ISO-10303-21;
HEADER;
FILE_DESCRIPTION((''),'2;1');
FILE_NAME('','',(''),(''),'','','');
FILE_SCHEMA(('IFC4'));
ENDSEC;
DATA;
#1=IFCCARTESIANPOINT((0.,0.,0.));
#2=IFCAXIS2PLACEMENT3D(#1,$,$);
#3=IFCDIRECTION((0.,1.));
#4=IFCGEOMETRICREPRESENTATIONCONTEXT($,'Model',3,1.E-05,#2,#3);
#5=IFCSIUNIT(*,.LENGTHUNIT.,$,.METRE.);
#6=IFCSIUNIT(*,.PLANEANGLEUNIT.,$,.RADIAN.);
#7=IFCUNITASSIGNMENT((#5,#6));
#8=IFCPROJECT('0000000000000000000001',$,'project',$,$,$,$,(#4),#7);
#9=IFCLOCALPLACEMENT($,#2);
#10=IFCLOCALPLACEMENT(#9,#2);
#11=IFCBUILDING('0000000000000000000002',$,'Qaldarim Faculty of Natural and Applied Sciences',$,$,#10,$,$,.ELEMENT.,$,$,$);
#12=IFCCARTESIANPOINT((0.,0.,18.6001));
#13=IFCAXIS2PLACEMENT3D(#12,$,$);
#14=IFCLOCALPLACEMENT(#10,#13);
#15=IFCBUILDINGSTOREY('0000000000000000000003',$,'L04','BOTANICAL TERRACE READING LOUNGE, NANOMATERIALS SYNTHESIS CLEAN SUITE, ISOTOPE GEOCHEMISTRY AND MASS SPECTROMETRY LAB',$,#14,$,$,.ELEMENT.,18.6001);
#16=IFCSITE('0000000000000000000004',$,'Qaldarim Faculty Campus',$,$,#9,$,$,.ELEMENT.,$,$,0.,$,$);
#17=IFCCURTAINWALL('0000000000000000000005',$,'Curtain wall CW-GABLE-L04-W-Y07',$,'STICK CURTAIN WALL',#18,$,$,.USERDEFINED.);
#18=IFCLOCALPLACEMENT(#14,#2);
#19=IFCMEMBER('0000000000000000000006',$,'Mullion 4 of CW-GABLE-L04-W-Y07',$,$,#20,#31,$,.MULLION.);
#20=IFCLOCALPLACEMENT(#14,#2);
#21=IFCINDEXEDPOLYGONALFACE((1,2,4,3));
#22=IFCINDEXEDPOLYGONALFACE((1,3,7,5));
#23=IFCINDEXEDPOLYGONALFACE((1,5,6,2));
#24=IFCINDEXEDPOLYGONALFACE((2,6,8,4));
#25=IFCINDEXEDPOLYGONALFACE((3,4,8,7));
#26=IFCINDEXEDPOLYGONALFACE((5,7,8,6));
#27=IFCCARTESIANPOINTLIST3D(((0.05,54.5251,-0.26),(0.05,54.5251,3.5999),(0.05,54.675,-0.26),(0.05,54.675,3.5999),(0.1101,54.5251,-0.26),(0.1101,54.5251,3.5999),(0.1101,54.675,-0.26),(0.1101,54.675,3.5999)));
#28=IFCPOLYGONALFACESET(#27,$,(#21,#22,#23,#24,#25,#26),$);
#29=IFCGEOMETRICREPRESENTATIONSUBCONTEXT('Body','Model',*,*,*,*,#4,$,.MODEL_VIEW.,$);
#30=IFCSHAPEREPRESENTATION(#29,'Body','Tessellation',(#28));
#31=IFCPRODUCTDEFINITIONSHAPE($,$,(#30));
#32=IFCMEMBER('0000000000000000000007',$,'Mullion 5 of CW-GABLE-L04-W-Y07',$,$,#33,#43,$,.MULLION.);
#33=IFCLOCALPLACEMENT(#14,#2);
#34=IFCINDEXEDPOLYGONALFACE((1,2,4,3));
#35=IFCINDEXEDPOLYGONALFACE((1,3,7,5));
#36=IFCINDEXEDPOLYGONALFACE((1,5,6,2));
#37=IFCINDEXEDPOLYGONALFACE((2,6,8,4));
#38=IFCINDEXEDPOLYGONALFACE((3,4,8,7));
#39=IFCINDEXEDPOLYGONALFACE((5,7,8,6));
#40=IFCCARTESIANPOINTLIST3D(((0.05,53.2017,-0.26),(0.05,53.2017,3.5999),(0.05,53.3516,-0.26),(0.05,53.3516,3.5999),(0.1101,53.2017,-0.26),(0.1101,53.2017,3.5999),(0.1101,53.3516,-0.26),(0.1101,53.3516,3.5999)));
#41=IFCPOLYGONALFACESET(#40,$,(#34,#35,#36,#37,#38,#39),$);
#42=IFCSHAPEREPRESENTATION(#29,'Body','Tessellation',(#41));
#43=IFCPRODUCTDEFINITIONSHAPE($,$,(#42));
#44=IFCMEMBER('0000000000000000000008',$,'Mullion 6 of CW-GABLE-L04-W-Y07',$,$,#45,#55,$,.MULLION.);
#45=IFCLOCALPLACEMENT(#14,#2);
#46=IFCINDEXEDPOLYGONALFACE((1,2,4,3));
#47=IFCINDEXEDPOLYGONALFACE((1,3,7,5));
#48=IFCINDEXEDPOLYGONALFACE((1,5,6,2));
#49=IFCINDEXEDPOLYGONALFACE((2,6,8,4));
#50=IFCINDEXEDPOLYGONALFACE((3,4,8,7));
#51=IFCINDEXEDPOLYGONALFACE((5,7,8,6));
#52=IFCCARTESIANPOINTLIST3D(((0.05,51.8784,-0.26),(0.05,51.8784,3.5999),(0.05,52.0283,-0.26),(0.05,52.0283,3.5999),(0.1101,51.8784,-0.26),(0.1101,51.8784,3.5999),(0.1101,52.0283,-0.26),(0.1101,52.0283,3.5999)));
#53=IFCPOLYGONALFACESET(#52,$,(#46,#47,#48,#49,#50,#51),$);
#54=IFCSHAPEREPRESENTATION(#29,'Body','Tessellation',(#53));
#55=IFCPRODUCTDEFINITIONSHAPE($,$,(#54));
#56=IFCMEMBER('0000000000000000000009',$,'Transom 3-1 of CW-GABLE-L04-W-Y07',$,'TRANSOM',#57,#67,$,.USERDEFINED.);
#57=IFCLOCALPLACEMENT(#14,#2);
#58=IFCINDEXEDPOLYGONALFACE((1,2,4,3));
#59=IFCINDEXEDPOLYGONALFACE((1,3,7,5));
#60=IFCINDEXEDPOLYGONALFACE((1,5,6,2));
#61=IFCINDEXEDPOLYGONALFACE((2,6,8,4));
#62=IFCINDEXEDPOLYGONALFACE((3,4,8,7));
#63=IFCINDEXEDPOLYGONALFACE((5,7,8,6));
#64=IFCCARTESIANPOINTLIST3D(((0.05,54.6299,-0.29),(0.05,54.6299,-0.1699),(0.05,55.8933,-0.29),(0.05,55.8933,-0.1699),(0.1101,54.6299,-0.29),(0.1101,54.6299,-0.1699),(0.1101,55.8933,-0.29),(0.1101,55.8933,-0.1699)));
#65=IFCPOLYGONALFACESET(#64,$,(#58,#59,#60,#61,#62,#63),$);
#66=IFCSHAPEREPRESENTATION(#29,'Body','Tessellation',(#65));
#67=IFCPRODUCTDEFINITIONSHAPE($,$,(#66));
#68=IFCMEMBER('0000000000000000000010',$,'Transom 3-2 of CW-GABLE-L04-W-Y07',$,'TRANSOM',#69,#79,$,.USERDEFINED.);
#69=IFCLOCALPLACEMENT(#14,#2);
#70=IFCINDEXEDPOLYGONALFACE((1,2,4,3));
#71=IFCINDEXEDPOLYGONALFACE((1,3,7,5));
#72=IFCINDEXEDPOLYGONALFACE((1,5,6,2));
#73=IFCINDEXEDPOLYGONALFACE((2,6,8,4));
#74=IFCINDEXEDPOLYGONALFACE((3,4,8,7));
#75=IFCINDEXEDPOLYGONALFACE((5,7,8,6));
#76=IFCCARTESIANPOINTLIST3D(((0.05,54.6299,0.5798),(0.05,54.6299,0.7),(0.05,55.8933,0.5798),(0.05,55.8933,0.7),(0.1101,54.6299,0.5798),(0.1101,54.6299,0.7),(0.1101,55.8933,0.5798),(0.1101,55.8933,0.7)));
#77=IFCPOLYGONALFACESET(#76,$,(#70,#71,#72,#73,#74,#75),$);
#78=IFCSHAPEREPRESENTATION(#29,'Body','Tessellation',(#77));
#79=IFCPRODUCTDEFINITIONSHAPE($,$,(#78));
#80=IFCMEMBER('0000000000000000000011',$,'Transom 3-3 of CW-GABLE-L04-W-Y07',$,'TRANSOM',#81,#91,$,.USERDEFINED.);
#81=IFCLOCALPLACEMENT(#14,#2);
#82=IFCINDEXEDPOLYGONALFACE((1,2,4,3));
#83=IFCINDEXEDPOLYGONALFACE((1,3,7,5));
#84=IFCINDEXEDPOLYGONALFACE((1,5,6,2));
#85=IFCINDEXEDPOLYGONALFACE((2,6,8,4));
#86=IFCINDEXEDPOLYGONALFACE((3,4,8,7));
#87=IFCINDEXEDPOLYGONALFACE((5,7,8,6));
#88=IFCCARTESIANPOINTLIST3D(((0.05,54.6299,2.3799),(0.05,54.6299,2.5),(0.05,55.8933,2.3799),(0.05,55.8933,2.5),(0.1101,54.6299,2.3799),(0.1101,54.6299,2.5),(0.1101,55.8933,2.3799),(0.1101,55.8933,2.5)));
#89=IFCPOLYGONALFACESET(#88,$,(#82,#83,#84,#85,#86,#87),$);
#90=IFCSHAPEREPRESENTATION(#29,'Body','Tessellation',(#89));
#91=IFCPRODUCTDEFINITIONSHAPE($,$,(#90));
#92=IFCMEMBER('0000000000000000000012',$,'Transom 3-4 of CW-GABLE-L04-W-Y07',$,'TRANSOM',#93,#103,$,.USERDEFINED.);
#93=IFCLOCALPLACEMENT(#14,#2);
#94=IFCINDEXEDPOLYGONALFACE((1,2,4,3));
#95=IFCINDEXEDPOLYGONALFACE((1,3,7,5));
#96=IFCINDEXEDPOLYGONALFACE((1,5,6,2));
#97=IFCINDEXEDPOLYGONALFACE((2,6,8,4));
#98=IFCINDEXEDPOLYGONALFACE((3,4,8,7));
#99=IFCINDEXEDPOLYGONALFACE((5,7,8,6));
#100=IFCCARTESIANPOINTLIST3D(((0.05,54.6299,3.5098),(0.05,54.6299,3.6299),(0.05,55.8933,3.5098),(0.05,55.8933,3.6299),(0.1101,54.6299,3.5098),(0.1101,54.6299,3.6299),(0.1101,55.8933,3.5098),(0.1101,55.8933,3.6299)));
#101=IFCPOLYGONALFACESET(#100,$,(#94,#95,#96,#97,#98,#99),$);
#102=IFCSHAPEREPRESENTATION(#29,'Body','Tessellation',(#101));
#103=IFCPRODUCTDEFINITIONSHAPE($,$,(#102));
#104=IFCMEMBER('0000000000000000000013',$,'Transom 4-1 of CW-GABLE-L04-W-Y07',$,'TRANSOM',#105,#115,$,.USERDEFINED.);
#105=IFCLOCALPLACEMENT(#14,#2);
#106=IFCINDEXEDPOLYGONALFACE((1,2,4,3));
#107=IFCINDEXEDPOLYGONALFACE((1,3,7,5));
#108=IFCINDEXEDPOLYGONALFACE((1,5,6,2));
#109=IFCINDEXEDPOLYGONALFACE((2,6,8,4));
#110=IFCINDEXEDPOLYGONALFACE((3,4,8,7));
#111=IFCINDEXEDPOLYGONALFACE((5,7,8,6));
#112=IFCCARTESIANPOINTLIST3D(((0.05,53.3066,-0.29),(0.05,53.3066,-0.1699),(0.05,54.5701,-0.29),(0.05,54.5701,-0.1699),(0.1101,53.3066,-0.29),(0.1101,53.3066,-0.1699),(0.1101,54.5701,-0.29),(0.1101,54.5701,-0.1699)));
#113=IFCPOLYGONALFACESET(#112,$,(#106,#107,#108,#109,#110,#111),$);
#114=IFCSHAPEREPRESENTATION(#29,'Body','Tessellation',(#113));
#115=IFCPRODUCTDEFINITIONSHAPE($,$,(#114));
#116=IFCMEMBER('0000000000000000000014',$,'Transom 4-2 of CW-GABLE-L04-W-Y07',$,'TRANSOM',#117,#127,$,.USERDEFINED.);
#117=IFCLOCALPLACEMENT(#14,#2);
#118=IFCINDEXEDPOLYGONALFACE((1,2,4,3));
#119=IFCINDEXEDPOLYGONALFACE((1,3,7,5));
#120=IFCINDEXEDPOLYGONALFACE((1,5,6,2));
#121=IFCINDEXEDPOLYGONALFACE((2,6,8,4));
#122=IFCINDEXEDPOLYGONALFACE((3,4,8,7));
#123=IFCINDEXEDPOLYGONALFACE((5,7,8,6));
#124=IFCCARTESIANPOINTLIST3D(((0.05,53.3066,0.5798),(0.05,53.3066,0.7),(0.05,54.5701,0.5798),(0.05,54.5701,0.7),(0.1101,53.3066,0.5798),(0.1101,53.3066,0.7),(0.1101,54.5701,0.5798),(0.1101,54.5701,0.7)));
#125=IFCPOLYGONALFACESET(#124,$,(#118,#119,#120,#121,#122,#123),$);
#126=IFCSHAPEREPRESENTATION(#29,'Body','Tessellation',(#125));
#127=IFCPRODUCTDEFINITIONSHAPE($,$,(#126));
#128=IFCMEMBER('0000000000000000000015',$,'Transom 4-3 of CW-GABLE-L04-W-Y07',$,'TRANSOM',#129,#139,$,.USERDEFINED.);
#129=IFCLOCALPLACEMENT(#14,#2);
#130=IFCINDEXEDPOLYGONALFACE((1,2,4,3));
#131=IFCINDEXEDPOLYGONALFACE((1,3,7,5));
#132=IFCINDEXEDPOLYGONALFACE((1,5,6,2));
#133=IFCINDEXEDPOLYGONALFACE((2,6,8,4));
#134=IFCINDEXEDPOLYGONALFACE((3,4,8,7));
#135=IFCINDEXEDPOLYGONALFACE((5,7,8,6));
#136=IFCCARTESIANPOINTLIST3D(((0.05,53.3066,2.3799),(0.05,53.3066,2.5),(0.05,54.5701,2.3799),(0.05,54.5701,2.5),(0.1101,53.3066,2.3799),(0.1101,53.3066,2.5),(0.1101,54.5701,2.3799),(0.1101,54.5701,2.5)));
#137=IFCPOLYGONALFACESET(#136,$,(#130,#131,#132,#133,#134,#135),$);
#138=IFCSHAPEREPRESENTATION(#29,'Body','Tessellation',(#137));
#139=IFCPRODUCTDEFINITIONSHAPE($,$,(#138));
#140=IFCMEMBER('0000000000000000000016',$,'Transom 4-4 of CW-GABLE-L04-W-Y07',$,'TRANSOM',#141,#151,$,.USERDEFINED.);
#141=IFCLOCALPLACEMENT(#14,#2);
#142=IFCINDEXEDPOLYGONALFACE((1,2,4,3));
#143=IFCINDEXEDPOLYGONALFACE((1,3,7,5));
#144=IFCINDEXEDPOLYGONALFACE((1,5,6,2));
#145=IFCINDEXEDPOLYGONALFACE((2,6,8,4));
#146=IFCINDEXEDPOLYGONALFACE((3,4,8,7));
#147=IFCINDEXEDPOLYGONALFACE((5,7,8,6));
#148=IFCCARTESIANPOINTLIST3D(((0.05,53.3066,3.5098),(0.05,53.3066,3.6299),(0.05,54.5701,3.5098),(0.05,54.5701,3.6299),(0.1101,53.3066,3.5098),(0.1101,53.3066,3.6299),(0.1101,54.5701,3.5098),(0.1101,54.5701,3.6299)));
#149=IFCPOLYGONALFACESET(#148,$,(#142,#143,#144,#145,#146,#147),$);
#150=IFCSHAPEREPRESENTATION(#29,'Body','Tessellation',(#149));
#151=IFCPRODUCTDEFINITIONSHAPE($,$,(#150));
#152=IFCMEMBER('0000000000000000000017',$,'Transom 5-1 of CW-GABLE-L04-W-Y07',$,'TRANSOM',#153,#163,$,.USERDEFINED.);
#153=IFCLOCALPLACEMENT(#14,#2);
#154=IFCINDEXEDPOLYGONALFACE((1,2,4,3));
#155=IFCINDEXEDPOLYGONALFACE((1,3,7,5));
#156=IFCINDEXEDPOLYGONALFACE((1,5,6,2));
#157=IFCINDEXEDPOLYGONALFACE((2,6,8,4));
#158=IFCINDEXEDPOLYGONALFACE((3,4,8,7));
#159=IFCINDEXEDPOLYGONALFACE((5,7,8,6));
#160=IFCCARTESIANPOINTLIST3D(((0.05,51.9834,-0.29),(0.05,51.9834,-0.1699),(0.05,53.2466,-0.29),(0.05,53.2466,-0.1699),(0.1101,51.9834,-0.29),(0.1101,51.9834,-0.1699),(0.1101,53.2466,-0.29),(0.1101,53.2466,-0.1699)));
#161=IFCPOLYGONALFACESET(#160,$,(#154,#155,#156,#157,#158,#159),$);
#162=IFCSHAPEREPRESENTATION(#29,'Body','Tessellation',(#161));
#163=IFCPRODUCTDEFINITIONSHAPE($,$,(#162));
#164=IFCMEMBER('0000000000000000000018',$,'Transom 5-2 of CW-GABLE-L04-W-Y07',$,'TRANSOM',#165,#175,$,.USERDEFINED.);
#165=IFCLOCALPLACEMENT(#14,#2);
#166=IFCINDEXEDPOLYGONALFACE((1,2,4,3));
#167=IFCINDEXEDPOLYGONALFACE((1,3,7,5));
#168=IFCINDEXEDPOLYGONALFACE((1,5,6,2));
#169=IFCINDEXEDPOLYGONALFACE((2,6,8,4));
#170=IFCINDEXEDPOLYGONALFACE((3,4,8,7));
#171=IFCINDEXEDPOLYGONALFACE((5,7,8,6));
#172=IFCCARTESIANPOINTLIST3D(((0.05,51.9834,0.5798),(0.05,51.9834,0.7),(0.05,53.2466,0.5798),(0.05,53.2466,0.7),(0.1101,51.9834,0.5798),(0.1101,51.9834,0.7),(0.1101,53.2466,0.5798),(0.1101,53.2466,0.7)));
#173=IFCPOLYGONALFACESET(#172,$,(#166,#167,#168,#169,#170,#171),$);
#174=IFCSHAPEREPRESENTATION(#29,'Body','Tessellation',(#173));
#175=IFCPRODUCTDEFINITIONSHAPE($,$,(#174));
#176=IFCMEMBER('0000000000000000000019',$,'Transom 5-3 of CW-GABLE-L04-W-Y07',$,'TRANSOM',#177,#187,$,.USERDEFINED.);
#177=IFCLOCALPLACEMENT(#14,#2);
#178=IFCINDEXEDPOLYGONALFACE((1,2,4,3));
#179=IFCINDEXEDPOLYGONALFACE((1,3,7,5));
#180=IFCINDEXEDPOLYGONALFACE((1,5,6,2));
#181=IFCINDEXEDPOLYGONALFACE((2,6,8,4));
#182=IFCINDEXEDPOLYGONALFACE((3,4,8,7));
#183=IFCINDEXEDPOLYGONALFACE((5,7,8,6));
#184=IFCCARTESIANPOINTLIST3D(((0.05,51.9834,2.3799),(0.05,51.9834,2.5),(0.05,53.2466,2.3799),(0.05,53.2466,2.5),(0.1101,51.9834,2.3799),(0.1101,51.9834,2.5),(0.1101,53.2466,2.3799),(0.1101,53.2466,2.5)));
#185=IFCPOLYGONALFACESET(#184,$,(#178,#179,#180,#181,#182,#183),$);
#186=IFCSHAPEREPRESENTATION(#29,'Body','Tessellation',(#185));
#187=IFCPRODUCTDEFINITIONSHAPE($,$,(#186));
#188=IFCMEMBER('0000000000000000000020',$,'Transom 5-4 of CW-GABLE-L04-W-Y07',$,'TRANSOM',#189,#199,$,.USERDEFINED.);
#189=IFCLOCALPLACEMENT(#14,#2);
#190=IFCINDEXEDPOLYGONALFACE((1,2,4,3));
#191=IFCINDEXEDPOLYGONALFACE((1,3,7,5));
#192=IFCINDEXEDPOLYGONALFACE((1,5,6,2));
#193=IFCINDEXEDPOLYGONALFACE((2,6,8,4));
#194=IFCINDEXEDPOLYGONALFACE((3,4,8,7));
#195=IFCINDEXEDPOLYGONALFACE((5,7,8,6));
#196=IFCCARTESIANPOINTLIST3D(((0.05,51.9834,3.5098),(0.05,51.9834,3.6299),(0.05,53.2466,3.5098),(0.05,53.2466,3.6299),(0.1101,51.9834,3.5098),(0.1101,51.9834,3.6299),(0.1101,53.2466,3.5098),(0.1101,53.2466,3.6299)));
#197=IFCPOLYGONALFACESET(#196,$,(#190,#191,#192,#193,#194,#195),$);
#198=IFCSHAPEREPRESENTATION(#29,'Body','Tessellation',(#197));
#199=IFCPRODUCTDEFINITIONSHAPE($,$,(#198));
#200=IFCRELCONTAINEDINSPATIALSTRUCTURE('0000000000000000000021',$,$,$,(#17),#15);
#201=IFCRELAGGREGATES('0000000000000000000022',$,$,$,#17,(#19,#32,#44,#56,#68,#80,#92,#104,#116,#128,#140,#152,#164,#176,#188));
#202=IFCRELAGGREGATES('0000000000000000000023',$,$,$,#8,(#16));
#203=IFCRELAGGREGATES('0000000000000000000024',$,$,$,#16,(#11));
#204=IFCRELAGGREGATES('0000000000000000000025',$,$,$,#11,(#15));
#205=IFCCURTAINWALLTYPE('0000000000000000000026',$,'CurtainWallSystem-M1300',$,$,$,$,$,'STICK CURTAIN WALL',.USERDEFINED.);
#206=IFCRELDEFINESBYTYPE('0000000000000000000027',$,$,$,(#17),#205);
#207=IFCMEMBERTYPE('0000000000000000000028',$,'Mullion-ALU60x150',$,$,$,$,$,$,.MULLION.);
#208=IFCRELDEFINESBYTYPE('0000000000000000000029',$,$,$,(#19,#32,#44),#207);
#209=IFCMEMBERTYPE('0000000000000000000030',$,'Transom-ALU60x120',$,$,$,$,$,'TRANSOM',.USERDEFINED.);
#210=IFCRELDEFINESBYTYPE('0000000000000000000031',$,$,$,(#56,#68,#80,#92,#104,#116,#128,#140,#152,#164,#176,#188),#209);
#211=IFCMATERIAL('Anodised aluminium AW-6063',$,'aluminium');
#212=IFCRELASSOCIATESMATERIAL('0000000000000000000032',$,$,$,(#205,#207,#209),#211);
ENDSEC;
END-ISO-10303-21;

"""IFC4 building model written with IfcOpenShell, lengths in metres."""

from ifc_helpers import new_model, si_unit, direction, frame, origin, origin_2d, place, context, subcontext, project, spatial, rectangle, extrude, material, material_profile, profile_set, type_object, element, aggregate, save


model = new_model("IFC4")

# Units and contexts
model_context = context("Model", 3, precision=1e-05, world=origin(), true_north=direction((0.0, 1.0)))
body_context = subcontext(model_context, "Body", "Model", "MODEL_VIEW")
ifc_project = project(units=[si_unit("LENGTHUNIT", "METRE"), si_unit("PLANEANGLEUNIT", "RADIAN")], contexts=[model_context])

# Site, building, storey
site_placement = place(None, origin())
site = spatial("IfcSite", under=ifc_project, at=site_placement, Name="Qaldarim Faculty Campus", CompositionType="ELEMENT", RefElevation=0.0)
building_placement = place(site_placement, origin())
building = spatial("IfcBuilding", under=site, at=building_placement, Name="Qaldarim Faculty of Natural and Applied Sciences", CompositionType="ELEMENT")
storey_placement = place(building_placement, frame((0.0, 0.0, 18.6001)))
storey = spatial("IfcBuildingStorey", under=building, at=storey_placement, Name="L04", Description="BOTANICAL TERRACE READING LOUNGE, NANOMATERIALS SYNTHESIS CLEAN SUITE, ISOTOPE GEOCHEMISTRY AND MASS SPECTROMETRY LAB", CompositionType="ELEMENT", Elevation=18.6001)

# Curtain wall, members
ifc_material_1 = material(Name="Anodised aluminium AW-6063", Category="aluminium")
curtain_wall_type = type_object("IfcCurtainWallType", Name="CurtainWallSystem-M1300", ElementType="STICK CURTAIN WALL", PredefinedType="USERDEFINED", material=ifc_material_1)
curtain_wall_placement = place(storey_placement, origin())
curtain_wall = element("IfcCurtainWall", 1, at=curtain_wall_placement, inside=storey, type_object=curtain_wall_type, Name="Curtain wall CW-GABLE-L04-W-Y07", ObjectType="STICK CURTAIN WALL", PredefinedType="USERDEFINED")
ifc_material_profile_1 = material_profile(ifc_material_1, rectangle(XDim=0.0601, YDim=0.1499, at=origin_2d()), Name="ALU-M60x150")
ifc_profile_set_1 = profile_set([ifc_material_profile_1], Name="Anodised aluminium AW-6063")
member_type_1 = type_object("IfcMemberType", Name="Mullion-ALU60x150", PredefinedType="MULLION", material=ifc_profile_set_1)
member_1_placement = place(storey_placement, frame((0.0801, 54.6001, -0.26), z_axis=(0.0, 0.0, 1.0), x_axis=(1.0, 0.0, 0.0)))
member_1 = element("IfcMember", 2, at=member_1_placement, type_object=member_type_1, Name="Mullion 4 of CW-GABLE-L04-W-Y07", PredefinedType="MULLION", context=body_context, shape_type="SweptSolid", body=[
    extrude(rectangle(XDim=0.0601, YDim=0.1499, at=origin_2d()), origin(), (0.0, 0.0, 1.0), 3.8599),
])
member_2_placement = place(storey_placement, frame((0.0801, 53.2766, -0.26), z_axis=(0.0, 0.0, 1.0), x_axis=(1.0, 0.0, 0.0)))
member_2 = element("IfcMember", 3, at=member_2_placement, type_object=member_type_1, Name="Mullion 5 of CW-GABLE-L04-W-Y07", PredefinedType="MULLION", context=body_context, shape_type="SweptSolid", body=[
    extrude(rectangle(XDim=0.0601, YDim=0.1499, at=origin_2d()), origin(), (0.0, 0.0, 1.0), 3.8599),
])
member_3_placement = place(storey_placement, frame((0.0801, 51.9534, -0.26), z_axis=(0.0, 0.0, 1.0), x_axis=(1.0, 0.0, 0.0)))
member_3 = element("IfcMember", 4, at=member_3_placement, type_object=member_type_1, Name="Mullion 6 of CW-GABLE-L04-W-Y07", PredefinedType="MULLION", context=body_context, shape_type="SweptSolid", body=[
    extrude(rectangle(XDim=0.0601, YDim=0.1499, at=origin_2d()), origin(), (0.0, 0.0, 1.0), 3.8599),
])
ifc_material_profile_2 = material_profile(ifc_material_1, rectangle(XDim=0.0601, YDim=0.1201, at=origin_2d()), Name="ALU-T60x120")
ifc_profile_set_2 = profile_set([ifc_material_profile_2], Name="Anodised aluminium AW-6063")
member_type_2 = type_object("IfcMemberType", Name="Transom-ALU60x120", ElementType="TRANSOM", PredefinedType="USERDEFINED", material=ifc_profile_set_2)
member_4_placement = place(storey_placement, frame((0.0801, 55.8933, -0.23), z_axis=(0.0, -1.0, 0.0), x_axis=(1.0, 0.0, 0.0)))
member_4 = element("IfcMember", 5, at=member_4_placement, type_object=member_type_2, Name="Transom 3-1 of CW-GABLE-L04-W-Y07", ObjectType="TRANSOM", PredefinedType="USERDEFINED", context=body_context, shape_type="SweptSolid", body=[
    extrude(rectangle(XDim=0.0601, YDim=0.1201, at=origin_2d()), origin(), (0.0, 0.0, 1.0), 1.2634),
])
member_5_placement = place(storey_placement, frame((0.0801, 55.8933, 0.6399), z_axis=(0.0, -1.0, 0.0), x_axis=(1.0, 0.0, 0.0)))
member_5 = element("IfcMember", 6, at=member_5_placement, type_object=member_type_2, Name="Transom 3-2 of CW-GABLE-L04-W-Y07", ObjectType="TRANSOM", PredefinedType="USERDEFINED", context=body_context, shape_type="SweptSolid", body=[
    extrude(rectangle(XDim=0.0601, YDim=0.1201, at=origin_2d()), origin(), (0.0, 0.0, 1.0), 1.2634),
])
member_6_placement = place(storey_placement, frame((0.0801, 55.8933, 2.4399), z_axis=(0.0, -1.0, 0.0), x_axis=(1.0, 0.0, 0.0)))
member_6 = element("IfcMember", 7, at=member_6_placement, type_object=member_type_2, Name="Transom 3-3 of CW-GABLE-L04-W-Y07", ObjectType="TRANSOM", PredefinedType="USERDEFINED", context=body_context, shape_type="SweptSolid", body=[
    extrude(rectangle(XDim=0.0601, YDim=0.1201, at=origin_2d()), origin(), (0.0, 0.0, 1.0), 1.2634),
])
member_7_placement = place(storey_placement, frame((0.0801, 55.8933, 3.5698), z_axis=(0.0, -1.0, 0.0), x_axis=(1.0, 0.0, 0.0)))
member_7 = element("IfcMember", 8, at=member_7_placement, type_object=member_type_2, Name="Transom 3-4 of CW-GABLE-L04-W-Y07", ObjectType="TRANSOM", PredefinedType="USERDEFINED", context=body_context, shape_type="SweptSolid", body=[
    extrude(rectangle(XDim=0.0601, YDim=0.1201, at=origin_2d()), origin(), (0.0, 0.0, 1.0), 1.2634),
])
member_8_placement = place(storey_placement, frame((0.0801, 54.5701, -0.23), z_axis=(0.0, -1.0, 0.0), x_axis=(1.0, 0.0, 0.0)))
member_8 = element("IfcMember", 9, at=member_8_placement, type_object=member_type_2, Name="Transom 4-1 of CW-GABLE-L04-W-Y07", ObjectType="TRANSOM", PredefinedType="USERDEFINED", context=body_context, shape_type="SweptSolid", body=[
    extrude(rectangle(XDim=0.0601, YDim=0.1201, at=origin_2d()), origin(), (0.0, 0.0, 1.0), 1.2634),
])
member_9_placement = place(storey_placement, frame((0.0801, 54.5701, 0.6399), z_axis=(0.0, -1.0, 0.0), x_axis=(1.0, 0.0, 0.0)))
member_9 = element("IfcMember", 10, at=member_9_placement, type_object=member_type_2, Name="Transom 4-2 of CW-GABLE-L04-W-Y07", ObjectType="TRANSOM", PredefinedType="USERDEFINED", context=body_context, shape_type="SweptSolid", body=[
    extrude(rectangle(XDim=0.0601, YDim=0.1201, at=origin_2d()), origin(), (0.0, 0.0, 1.0), 1.2634),
])
member_10_placement = place(storey_placement, frame((0.0801, 54.5701, 2.4399), z_axis=(0.0, -1.0, 0.0), x_axis=(1.0, 0.0, 0.0)))
member_10 = element("IfcMember", 11, at=member_10_placement, type_object=member_type_2, Name="Transom 4-3 of CW-GABLE-L04-W-Y07", ObjectType="TRANSOM", PredefinedType="USERDEFINED", context=body_context, shape_type="SweptSolid", body=[
    extrude(rectangle(XDim=0.0601, YDim=0.1201, at=origin_2d()), origin(), (0.0, 0.0, 1.0), 1.2634),
])
member_11_placement = place(storey_placement, frame((0.0801, 54.5701, 3.5698), z_axis=(0.0, -1.0, 0.0), x_axis=(1.0, 0.0, 0.0)))
member_11 = element("IfcMember", 12, at=member_11_placement, type_object=member_type_2, Name="Transom 4-4 of CW-GABLE-L04-W-Y07", ObjectType="TRANSOM", PredefinedType="USERDEFINED", context=body_context, shape_type="SweptSolid", body=[
    extrude(rectangle(XDim=0.0601, YDim=0.1201, at=origin_2d()), origin(), (0.0, 0.0, 1.0), 1.2634),
])
member_12_placement = place(storey_placement, frame((0.0801, 53.2466, -0.23), z_axis=(0.0, -1.0, 0.0), x_axis=(1.0, 0.0, 0.0)))
member_12 = element("IfcMember", 13, at=member_12_placement, type_object=member_type_2, Name="Transom 5-1 of CW-GABLE-L04-W-Y07", ObjectType="TRANSOM", PredefinedType="USERDEFINED", context=body_context, shape_type="SweptSolid", body=[
    extrude(rectangle(XDim=0.0601, YDim=0.1201, at=origin_2d()), origin(), (0.0, 0.0, 1.0), 1.2632),
])
member_13_placement = place(storey_placement, frame((0.0801, 53.2466, 0.6399), z_axis=(0.0, -1.0, 0.0), x_axis=(1.0, 0.0, 0.0)))
member_13 = element("IfcMember", 14, at=member_13_placement, type_object=member_type_2, Name="Transom 5-2 of CW-GABLE-L04-W-Y07", ObjectType="TRANSOM", PredefinedType="USERDEFINED", context=body_context, shape_type="SweptSolid", body=[
    extrude(rectangle(XDim=0.0601, YDim=0.1201, at=origin_2d()), origin(), (0.0, 0.0, 1.0), 1.2632),
])
member_14_placement = place(storey_placement, frame((0.0801, 53.2466, 2.4399), z_axis=(0.0, -1.0, 0.0), x_axis=(1.0, 0.0, 0.0)))
member_14 = element("IfcMember", 15, at=member_14_placement, type_object=member_type_2, Name="Transom 5-3 of CW-GABLE-L04-W-Y07", ObjectType="TRANSOM", PredefinedType="USERDEFINED", context=body_context, shape_type="SweptSolid", body=[
    extrude(rectangle(XDim=0.0601, YDim=0.1201, at=origin_2d()), origin(), (0.0, 0.0, 1.0), 1.2632),
])
member_15_placement = place(storey_placement, frame((0.0801, 53.2466, 3.5698), z_axis=(0.0, -1.0, 0.0), x_axis=(1.0, 0.0, 0.0)))
member_15 = element("IfcMember", 16, at=member_15_placement, type_object=member_type_2, Name="Transom 5-4 of CW-GABLE-L04-W-Y07", ObjectType="TRANSOM", PredefinedType="USERDEFINED", context=body_context, shape_type="SweptSolid", body=[
    extrude(rectangle(XDim=0.0601, YDim=0.1201, at=origin_2d()), origin(), (0.0, 0.0, 1.0), 1.2632),
])
aggregate(curtain_wall, [member_1, member_2, member_3, member_4, member_5, member_6, member_7, member_8, member_9, member_10, member_11, member_12, member_13, member_14, member_15])

save(model, "model.ifc")
